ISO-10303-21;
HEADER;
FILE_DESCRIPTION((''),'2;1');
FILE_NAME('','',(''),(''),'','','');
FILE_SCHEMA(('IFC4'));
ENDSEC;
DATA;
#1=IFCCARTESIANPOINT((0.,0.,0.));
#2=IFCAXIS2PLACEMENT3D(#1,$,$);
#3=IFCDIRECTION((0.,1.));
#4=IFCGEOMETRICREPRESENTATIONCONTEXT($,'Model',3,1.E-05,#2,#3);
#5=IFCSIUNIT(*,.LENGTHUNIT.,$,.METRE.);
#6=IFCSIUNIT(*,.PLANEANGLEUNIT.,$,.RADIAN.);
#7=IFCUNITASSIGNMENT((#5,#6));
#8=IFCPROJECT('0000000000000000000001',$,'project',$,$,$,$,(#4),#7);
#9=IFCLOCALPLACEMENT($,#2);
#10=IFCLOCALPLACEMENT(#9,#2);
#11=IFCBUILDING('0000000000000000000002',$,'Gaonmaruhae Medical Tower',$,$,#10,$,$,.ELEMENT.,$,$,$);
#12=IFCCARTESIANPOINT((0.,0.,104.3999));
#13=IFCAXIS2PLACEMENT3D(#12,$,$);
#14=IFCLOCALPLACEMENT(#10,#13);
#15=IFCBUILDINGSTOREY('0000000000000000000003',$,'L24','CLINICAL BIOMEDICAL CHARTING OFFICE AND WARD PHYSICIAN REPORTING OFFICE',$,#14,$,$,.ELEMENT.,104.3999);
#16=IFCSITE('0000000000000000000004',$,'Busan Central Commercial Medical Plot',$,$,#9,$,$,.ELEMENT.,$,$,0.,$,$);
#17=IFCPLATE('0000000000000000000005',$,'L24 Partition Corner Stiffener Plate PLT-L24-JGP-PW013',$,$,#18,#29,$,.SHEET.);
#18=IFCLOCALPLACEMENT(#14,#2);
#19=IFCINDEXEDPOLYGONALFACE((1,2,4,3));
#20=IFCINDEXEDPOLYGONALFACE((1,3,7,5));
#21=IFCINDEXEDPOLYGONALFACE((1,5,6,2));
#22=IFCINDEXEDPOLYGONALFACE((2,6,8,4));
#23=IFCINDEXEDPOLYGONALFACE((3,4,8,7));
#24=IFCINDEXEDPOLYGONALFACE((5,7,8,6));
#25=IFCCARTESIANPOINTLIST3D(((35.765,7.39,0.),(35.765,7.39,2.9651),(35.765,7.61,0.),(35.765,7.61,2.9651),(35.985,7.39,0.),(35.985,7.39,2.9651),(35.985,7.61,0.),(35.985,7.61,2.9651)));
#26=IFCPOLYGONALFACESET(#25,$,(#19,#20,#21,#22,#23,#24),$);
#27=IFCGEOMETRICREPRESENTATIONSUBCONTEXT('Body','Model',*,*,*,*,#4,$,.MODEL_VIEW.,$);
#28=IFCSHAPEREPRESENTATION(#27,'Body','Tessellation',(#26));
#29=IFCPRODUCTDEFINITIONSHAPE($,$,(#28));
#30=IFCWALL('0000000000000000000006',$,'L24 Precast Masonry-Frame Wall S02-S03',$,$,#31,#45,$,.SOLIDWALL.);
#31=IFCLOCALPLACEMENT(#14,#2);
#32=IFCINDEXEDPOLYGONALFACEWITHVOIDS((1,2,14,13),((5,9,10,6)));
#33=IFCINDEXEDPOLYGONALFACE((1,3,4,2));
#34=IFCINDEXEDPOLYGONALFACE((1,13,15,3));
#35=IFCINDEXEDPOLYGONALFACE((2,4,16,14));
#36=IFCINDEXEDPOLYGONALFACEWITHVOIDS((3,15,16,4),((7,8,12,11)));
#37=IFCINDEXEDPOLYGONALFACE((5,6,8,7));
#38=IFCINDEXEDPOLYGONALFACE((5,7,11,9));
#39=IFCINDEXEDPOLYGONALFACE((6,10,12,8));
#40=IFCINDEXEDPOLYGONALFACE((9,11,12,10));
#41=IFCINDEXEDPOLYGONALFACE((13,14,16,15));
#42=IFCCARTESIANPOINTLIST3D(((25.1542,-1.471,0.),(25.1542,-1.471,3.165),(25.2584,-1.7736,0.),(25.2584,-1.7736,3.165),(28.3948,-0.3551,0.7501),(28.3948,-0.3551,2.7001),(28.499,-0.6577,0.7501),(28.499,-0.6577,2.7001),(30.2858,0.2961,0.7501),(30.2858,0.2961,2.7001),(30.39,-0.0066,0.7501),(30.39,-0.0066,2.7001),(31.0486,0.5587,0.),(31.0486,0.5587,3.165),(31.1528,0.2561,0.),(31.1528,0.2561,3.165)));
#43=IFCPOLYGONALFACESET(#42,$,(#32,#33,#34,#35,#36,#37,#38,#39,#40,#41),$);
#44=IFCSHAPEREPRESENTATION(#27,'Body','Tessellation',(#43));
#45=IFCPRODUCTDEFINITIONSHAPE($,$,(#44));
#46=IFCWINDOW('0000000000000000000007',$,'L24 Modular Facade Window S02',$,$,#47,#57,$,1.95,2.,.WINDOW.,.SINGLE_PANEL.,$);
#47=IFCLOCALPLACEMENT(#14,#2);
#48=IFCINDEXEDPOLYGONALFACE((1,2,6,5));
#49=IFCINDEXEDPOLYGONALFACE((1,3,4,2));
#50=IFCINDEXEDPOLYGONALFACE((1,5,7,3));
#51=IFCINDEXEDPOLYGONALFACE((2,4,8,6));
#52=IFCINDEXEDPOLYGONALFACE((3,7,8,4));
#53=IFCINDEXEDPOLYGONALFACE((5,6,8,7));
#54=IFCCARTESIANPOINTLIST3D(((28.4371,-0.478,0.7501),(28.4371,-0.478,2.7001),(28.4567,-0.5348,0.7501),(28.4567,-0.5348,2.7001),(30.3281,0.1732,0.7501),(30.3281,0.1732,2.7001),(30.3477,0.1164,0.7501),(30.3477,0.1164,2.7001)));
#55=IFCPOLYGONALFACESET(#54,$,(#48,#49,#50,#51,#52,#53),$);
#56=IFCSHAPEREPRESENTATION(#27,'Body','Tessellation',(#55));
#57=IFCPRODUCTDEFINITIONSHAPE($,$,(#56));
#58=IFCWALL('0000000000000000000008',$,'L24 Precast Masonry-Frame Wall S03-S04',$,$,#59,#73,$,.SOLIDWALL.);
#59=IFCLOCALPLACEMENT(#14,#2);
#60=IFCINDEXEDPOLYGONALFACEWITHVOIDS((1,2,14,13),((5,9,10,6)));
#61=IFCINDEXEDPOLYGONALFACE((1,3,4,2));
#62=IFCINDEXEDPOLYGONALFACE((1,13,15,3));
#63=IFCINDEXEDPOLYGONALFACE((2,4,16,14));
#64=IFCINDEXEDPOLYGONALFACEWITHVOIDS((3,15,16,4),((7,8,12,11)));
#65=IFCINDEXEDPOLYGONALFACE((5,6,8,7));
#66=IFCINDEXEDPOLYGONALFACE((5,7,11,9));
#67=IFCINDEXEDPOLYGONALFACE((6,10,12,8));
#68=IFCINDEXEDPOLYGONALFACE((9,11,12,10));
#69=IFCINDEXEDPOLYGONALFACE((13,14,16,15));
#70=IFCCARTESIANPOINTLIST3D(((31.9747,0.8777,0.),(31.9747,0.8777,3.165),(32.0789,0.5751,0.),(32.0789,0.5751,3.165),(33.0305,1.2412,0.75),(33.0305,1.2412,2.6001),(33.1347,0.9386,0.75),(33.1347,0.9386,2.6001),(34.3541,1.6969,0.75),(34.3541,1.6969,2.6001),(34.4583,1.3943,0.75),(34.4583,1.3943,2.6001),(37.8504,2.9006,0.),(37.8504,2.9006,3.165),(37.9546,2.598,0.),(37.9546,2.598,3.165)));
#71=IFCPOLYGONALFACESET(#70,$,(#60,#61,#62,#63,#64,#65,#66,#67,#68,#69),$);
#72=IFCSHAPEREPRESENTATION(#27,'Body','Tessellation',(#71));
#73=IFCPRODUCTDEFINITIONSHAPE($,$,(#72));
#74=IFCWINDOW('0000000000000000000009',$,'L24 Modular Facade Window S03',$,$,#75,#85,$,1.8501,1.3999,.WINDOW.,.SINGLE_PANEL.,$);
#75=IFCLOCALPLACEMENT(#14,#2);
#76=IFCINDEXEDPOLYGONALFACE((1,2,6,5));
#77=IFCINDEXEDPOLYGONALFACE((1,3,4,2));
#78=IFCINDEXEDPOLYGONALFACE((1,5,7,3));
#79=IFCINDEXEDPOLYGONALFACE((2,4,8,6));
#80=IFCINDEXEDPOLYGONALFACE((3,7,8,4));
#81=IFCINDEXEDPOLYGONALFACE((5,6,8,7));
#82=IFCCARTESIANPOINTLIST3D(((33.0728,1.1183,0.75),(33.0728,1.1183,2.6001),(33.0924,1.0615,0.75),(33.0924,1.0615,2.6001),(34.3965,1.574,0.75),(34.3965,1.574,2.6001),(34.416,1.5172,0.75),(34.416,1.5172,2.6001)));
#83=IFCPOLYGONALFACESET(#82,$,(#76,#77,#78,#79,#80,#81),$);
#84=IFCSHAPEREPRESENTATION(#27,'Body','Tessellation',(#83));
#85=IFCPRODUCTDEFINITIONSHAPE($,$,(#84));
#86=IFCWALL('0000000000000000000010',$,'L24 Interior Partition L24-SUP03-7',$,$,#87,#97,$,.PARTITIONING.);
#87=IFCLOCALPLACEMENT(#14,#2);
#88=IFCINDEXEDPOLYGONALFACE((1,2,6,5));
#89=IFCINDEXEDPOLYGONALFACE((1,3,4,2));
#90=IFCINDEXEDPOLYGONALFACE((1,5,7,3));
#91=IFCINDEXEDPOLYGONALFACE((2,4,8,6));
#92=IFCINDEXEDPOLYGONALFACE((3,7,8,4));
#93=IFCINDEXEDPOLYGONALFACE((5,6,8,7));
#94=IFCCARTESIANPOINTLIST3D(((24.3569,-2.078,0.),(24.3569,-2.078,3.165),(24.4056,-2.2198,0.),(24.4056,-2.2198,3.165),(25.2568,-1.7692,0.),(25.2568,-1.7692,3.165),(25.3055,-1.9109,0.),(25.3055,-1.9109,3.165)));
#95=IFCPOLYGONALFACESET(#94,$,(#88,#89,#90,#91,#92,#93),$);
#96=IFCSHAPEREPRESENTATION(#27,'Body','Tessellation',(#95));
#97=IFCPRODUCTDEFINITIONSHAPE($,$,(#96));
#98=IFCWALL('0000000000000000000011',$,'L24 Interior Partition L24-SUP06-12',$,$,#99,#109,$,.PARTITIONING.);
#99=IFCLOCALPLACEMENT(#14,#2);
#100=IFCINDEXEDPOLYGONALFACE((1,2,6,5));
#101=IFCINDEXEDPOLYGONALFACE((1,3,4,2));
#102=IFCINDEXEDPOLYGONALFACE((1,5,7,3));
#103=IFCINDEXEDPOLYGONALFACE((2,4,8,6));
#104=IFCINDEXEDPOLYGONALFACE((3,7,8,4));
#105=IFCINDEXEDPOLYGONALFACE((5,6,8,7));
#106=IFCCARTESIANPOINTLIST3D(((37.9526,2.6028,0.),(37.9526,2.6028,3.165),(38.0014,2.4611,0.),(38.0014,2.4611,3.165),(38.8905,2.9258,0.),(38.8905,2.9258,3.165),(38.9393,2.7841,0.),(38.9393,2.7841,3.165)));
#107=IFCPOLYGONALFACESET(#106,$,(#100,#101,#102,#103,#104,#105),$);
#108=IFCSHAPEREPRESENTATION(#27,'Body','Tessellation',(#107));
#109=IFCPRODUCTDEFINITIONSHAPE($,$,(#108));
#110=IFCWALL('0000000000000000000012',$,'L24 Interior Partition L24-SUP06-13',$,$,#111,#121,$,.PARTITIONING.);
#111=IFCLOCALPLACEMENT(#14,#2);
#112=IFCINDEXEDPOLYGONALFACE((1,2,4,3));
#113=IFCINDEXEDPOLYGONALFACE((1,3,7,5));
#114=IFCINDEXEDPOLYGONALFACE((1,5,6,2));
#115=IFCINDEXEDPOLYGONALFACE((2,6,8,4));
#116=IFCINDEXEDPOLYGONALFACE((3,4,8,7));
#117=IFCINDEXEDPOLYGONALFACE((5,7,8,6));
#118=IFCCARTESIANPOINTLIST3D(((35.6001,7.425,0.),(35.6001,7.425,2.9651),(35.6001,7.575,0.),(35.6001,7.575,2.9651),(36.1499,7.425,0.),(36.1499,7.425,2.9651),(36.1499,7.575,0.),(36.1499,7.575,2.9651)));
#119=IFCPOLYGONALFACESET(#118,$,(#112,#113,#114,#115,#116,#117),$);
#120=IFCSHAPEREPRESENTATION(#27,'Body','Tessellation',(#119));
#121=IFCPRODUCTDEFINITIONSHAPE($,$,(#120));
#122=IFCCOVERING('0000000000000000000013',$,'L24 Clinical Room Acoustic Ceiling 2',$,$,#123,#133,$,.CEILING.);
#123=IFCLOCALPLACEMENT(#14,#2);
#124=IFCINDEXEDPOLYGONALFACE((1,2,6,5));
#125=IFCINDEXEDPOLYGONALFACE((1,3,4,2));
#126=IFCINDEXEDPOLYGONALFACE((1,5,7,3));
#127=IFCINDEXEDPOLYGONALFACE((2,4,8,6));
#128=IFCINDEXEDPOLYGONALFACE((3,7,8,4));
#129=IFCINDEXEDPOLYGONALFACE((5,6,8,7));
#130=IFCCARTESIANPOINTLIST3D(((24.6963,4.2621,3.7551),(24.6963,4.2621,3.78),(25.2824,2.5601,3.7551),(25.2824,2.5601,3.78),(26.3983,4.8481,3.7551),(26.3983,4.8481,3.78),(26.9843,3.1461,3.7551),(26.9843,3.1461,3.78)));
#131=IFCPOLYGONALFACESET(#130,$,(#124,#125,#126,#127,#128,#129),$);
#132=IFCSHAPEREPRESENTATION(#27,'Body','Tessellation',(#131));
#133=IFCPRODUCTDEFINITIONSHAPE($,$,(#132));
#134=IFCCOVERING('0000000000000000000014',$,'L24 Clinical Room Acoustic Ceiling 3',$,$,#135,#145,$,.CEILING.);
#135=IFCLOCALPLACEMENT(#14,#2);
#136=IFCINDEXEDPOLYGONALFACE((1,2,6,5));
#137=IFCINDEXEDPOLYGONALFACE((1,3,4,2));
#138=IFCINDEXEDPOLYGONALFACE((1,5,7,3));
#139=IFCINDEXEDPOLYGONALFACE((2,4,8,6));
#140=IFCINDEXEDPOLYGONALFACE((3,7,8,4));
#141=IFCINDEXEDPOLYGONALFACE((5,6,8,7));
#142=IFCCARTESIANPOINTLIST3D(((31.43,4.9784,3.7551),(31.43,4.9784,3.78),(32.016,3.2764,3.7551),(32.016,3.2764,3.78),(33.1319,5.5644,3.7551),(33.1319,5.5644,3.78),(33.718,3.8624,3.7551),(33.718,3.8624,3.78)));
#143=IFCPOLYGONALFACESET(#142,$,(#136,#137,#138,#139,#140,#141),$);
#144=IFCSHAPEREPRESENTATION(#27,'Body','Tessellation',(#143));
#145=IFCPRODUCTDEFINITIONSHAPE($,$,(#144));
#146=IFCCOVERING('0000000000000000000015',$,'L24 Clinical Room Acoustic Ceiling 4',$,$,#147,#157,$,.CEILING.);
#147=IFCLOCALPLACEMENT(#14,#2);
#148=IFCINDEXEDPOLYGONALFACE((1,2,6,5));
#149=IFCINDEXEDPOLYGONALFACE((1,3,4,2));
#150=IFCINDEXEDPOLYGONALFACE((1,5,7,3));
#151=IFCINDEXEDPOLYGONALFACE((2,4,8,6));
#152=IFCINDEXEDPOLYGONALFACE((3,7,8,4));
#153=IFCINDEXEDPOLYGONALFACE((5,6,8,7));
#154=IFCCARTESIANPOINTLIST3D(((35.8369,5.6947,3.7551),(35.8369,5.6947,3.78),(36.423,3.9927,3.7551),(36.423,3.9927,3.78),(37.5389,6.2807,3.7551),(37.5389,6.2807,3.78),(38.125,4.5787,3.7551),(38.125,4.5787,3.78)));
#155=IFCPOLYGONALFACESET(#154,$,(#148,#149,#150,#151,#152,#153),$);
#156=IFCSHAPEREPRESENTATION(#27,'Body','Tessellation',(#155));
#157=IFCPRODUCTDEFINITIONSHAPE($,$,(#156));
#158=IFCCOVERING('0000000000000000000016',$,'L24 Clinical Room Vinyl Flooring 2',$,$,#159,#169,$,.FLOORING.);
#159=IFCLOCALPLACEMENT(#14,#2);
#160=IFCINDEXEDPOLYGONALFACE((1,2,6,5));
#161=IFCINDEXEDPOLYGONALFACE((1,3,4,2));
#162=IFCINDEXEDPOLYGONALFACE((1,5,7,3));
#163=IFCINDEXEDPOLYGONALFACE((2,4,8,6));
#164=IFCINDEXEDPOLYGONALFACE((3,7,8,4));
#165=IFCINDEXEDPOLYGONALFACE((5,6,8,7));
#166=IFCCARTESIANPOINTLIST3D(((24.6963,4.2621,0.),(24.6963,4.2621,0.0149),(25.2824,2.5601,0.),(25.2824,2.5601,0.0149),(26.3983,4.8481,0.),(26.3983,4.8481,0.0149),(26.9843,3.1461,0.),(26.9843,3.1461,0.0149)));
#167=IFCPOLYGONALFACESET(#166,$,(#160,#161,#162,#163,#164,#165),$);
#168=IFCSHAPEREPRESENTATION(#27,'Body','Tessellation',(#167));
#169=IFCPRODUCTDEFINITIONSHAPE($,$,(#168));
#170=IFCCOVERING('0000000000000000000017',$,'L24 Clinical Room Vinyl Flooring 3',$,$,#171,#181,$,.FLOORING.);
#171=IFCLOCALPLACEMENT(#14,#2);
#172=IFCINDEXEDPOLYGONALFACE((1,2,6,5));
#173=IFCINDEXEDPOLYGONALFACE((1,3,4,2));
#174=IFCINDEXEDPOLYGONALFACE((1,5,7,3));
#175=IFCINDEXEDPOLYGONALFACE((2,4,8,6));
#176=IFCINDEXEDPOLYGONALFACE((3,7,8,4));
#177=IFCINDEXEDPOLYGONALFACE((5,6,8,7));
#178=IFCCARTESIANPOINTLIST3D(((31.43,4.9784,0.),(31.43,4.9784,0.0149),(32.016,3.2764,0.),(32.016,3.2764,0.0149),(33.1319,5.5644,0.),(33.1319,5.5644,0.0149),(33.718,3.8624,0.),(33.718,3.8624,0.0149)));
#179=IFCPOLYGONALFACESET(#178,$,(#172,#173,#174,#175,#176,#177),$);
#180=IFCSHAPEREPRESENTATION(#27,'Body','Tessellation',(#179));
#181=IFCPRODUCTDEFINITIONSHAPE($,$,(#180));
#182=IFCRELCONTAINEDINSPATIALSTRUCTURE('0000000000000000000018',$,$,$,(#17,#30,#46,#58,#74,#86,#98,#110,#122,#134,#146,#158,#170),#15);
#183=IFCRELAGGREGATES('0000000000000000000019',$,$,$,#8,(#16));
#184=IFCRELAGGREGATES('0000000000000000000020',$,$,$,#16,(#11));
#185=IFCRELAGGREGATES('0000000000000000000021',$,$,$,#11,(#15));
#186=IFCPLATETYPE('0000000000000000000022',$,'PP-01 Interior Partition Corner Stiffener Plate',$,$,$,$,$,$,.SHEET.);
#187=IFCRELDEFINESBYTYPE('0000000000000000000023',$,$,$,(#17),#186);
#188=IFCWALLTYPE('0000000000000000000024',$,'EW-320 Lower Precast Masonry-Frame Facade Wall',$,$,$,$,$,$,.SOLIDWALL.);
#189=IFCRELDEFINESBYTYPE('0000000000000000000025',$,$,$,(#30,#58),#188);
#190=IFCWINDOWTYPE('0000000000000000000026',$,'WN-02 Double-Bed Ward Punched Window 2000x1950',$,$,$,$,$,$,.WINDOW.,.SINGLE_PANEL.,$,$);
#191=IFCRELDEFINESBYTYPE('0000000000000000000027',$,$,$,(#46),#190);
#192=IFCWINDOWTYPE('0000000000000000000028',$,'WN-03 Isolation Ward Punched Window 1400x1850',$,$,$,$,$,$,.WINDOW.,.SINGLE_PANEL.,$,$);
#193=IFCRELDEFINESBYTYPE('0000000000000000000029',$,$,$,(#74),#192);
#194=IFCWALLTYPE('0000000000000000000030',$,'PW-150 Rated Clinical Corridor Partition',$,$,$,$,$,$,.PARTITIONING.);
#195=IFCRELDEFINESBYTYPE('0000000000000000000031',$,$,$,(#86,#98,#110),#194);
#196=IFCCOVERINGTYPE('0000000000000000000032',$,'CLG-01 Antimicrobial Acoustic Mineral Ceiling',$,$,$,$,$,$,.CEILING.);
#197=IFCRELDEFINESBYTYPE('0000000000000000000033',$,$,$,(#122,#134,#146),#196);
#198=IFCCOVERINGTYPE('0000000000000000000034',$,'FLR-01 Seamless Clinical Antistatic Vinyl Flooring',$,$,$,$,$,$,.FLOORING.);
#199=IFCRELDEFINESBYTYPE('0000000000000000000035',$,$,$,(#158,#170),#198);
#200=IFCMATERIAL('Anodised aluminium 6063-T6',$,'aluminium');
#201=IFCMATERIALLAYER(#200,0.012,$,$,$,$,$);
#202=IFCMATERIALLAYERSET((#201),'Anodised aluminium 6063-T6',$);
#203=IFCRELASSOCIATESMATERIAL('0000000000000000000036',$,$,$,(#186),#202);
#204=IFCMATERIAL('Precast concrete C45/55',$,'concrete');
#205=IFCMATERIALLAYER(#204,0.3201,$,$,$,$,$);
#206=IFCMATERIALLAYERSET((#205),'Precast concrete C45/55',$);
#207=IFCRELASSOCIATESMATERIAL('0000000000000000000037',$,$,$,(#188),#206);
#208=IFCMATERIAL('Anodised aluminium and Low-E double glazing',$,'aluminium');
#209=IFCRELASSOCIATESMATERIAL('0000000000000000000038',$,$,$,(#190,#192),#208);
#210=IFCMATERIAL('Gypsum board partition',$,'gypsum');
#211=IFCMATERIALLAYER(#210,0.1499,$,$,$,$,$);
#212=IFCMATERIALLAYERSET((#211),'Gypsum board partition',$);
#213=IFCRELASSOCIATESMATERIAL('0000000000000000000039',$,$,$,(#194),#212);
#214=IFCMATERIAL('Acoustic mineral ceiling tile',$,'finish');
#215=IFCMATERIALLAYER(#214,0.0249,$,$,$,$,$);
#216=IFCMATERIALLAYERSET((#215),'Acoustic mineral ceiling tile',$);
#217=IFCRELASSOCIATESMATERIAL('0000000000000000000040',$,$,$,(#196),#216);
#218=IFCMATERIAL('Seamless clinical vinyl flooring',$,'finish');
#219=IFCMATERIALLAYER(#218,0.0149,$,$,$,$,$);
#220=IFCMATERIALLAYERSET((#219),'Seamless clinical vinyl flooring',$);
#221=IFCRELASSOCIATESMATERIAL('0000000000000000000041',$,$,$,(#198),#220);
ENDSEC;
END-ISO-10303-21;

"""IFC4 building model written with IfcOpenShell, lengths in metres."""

from ifc_helpers import new_model, si_unit, direction, frame, frame_2d, origin, origin_2d, place, context, subcontext, project, spatial, rectangle, extrude, material, layer, layer_set, type_object, element, fill, save


model = new_model("IFC4")

# Units and contexts
model_context = context("Model", 3, precision=1e-05, world=origin(), true_north=direction((0.0, 1.0)))
body_context = subcontext(model_context, "Body", "Model", "MODEL_VIEW")
ifc_project = project(units=[si_unit("LENGTHUNIT", "METRE"), si_unit("PLANEANGLEUNIT", "RADIAN")], contexts=[model_context])

# Site, building, storey
site_placement = place(None, origin())
site = spatial("IfcSite", under=ifc_project, at=site_placement, Name="Busan Central Commercial Medical Plot", CompositionType="ELEMENT", RefElevation=0.0)
building_placement = place(site_placement, origin())
building = spatial("IfcBuilding", under=site, at=building_placement, Name="Gaonmaruhae Medical Tower", CompositionType="ELEMENT")
storey_placement = place(building_placement, frame((0.0, 0.0, 104.3999)))
storey = spatial("IfcBuildingStorey", under=building, at=storey_placement, Name="L24", Description="CLINICAL BIOMEDICAL CHARTING OFFICE AND WARD PHYSICIAN REPORTING OFFICE", CompositionType="ELEMENT", Elevation=104.3999)

# Plate
ifc_material_1 = material(Name="Anodised aluminium 6063-T6", Category="aluminium")
ifc_layer_1 = layer(ifc_material_1, 0.012)
ifc_layer_set_1 = layer_set([ifc_layer_1], Name="Anodised aluminium 6063-T6")
plate_type = type_object("IfcPlateType", Name="PP-01 Interior Partition Corner Stiffener Plate", PredefinedType="SHEET", material=ifc_layer_set_1)
plate_1_placement = place(storey_placement, frame((35.875, 7.5, 0.0), z_axis=(0.0, 0.0, 1.0), x_axis=(1.0, 0.0, 0.0)))
element("IfcPlate", 1, at=plate_1_placement, inside=storey, type_object=plate_type, Name="L24 Partition Corner Stiffener Plate PLT-L24-JGP-PW013", PredefinedType="SHEET", context=body_context, shape_type="SweptSolid", body=[
    extrude(rectangle(XDim=0.22, YDim=0.22, at=origin_2d()), origin(), (0.0, 0.0, 1.0), 2.9651),
])

# Walls, openings, windows
ifc_material_2 = material(Name="Precast concrete C45/55", Category="concrete")
ifc_layer_2 = layer(ifc_material_2, 0.3201)
ifc_layer_set_2 = layer_set([ifc_layer_2], Name="Precast concrete C45/55")
wall_type_1 = type_object("IfcWallType", Name="EW-320 Lower Precast Masonry-Frame Facade Wall", PredefinedType="SOLIDWALL", material=ifc_layer_set_2)
wall_1_placement = place(storey_placement, frame((31.1008, 0.4075, 0.0), z_axis=(0.0, 0.0, 1.0), x_axis=(-0.945512, -0.325588, 0.0)))
wall_1 = element("IfcWall", 2, at=wall_1_placement, inside=storey, type_object=wall_type_1, Name="L24 Precast Masonry-Frame Wall S02-S03", PredefinedType="SOLIDWALL", context=body_context, shape_type="SweptSolid", body=[
    extrude(rectangle(XDim=6.2341, YDim=0.3201, at=frame_2d((3.1172, 0.0))), origin(), (0.0, 0.0, 1.0), 3.165),
])
opening_1_placement = place(wall_1_placement, frame((0.8069, 0.0, 0.75)))
opening_1 = element("IfcOpeningElement", 3, at=opening_1_placement, cuts=wall_1, PredefinedType="OPENING", context=body_context, shape_type="SweptSolid", body=[
    extrude(rectangle(XDim=2.0, YDim=1.95, at=frame_2d((1.0, 0.9751))), frame((0.0, 0.1699, 0.0), z_axis=(0.0, -1.0, 0.0), x_axis=(1.0, 0.0, 0.0)), (0.0, 0.0, 1.0), 0.3401),
])
ifc_material_3 = material(Name="Anodised aluminium and Low-E double glazing", Category="aluminium")
window_type_1 = type_object("IfcWindowType", Name="WN-02 Double-Bed Ward Punched Window 2000x1950", PartitioningType="SINGLE_PANEL", PredefinedType="WINDOW", material=ifc_material_3)
window_1_placement = place(opening_1_placement, origin())
window_1 = element("IfcWindow", 4, at=window_1_placement, inside=storey, type_object=window_type_1, Name="L24 Modular Facade Window S02", OverallHeight=1.95, OverallWidth=2.0, PartitioningType="SINGLE_PANEL", PredefinedType="WINDOW", context=body_context, shape_type="SweptSolid", body=[
    extrude(rectangle(XDim=2.0, YDim=1.95, at=frame_2d((1.0, 0.9751))), frame((0.0, 0.03, 0.0), z_axis=(0.0, -1.0, 0.0), x_axis=(1.0, 0.0, 0.0)), (0.0, 0.0, 1.0), 0.0601),
])
fill(opening_1, window_1)
wall_2_placement = place(storey_placement, frame((37.9023, 2.7493, 0.0), z_axis=(0.0, 0.0, 1.0), x_axis=(-0.94553, -0.325535, 0.0)))
wall_2 = element("IfcWall", 5, at=wall_2_placement, inside=storey, type_object=wall_type_1, Name="L24 Precast Masonry-Frame Wall S03-S04", PredefinedType="SOLIDWALL", context=body_context, shape_type="SweptSolid", body=[
    extrude(rectangle(XDim=6.2141, YDim=0.3201, at=frame_2d((3.1069, 0.0))), origin(), (0.0, 0.0, 1.0), 3.165),
])
opening_2_placement = place(wall_2_placement, frame((3.6975, 0.0, 0.75)))
opening_2 = element("IfcOpeningElement", 6, at=opening_2_placement, cuts=wall_2, PredefinedType="OPENING", context=body_context, shape_type="SweptSolid", body=[
    extrude(rectangle(XDim=1.3999, YDim=1.8501, at=frame_2d((0.7, 0.925))), frame((0.0, 0.1699, 0.0), z_axis=(0.0, -1.0, 0.0), x_axis=(1.0, 0.0, 0.0)), (0.0, 0.0, 1.0), 0.3401),
])
window_type_2 = type_object("IfcWindowType", Name="WN-03 Isolation Ward Punched Window 1400x1850", PartitioningType="SINGLE_PANEL", PredefinedType="WINDOW", material=ifc_material_3)
window_2_placement = place(opening_2_placement, origin())
window_2 = element("IfcWindow", 7, at=window_2_placement, inside=storey, type_object=window_type_2, Name="L24 Modular Facade Window S03", OverallHeight=1.8501, OverallWidth=1.3999, PartitioningType="SINGLE_PANEL", PredefinedType="WINDOW", context=body_context, shape_type="SweptSolid", body=[
    extrude(rectangle(XDim=1.3999, YDim=1.8501, at=frame_2d((0.7, 0.925))), frame((0.0, 0.03, 0.0), z_axis=(0.0, -1.0, 0.0), x_axis=(1.0, 0.0, 0.0)), (0.0, 0.0, 1.0), 0.0601),
])
fill(opening_2, window_2)

# Walls
ifc_material_4 = material(Name="Gypsum board partition", Category="gypsum")
ifc_layer_3 = layer(ifc_material_4, 0.1499)
ifc_layer_set_3 = layer_set([ifc_layer_3], Name="Gypsum board partition")
wall_type_2 = type_object("IfcWallType", Name="PW-150 Rated Clinical Corridor Partition", PredefinedType="PARTITIONING", material=ifc_layer_set_3)
wall_3_placement = place(storey_placement, frame((25.281, -1.8401, 0.0), z_axis=(0.0, 0.0, 1.0), x_axis=(-0.945849, -0.324606, 0.0)))
element("IfcWall", 8, at=wall_3_placement, inside=storey, type_object=wall_type_2, Name="L24 Interior Partition L24-SUP03-7", PredefinedType="PARTITIONING", context=body_context, shape_type="SweptSolid", body=[
    extrude(rectangle(XDim=0.9514, YDim=0.1499, at=frame_2d((0.4756, 0.0))), origin(), (0.0, 0.0, 1.0), 3.165),
])
wall_4_placement = place(storey_placement, frame((38.915, 2.855, 0.0), z_axis=(0.0, 0.0, 1.0), x_axis=(-0.945512, -0.325589, 0.0)))
element("IfcWall", 9, at=wall_4_placement, inside=storey, type_object=wall_type_2, Name="L24 Interior Partition L24-SUP06-12", PredefinedType="PARTITIONING", context=body_context, shape_type="SweptSolid", body=[
    extrude(rectangle(XDim=0.9919, YDim=0.1499, at=frame_2d((0.4961, 0.0))), origin(), (0.0, 0.0, 1.0), 3.165),
])
wall_5_placement = place(storey_placement, frame((35.6001, 7.5, 0.0), z_axis=(0.0, 0.0, 1.0), x_axis=(1.0, 0.0, 0.0)))
element("IfcWall", 10, at=wall_5_placement, inside=storey, type_object=wall_type_2, Name="L24 Interior Partition L24-SUP06-13", PredefinedType="PARTITIONING", context=body_context, shape_type="SweptSolid", body=[
    extrude(rectangle(XDim=0.5498, YDim=0.1499, at=frame_2d((0.2749, 0.0))), origin(), (0.0, 0.0, 1.0), 2.9651),
])

# Coverings
ifc_material_5 = material(Name="Acoustic mineral ceiling tile", Category="finish")
ifc_layer_4 = layer(ifc_material_5, 0.0249)
ifc_layer_set_4 = layer_set([ifc_layer_4], Name="Acoustic mineral ceiling tile")
covering_type_1 = type_object("IfcCoveringType", Name="CLG-01 Antimicrobial Acoustic Mineral Ceiling", PredefinedType="CEILING", material=ifc_layer_set_4)
for number, where, z_axis, x_axis, name in (
    (11, (25.8403, 3.7041, 3.7551), (0.0, 0.0, 1.0), (0.945519, 0.325568, 0.0), "L24 Clinical Room Acoustic Ceiling 2"),
    (12, (32.574, 4.4204, 3.7551), (0.0, 0.0, 1.0), (0.945519, 0.325568, 0.0), "L24 Clinical Room Acoustic Ceiling 3"),
    (13, (36.981, 5.1367, 3.7551), (0.0, 0.0, 1.0), (0.945519, 0.325568, 0.0), "L24 Clinical Room Acoustic Ceiling 4"),
):
    element("IfcCovering", number, at=place(storey_placement, frame(where, z_axis=z_axis, x_axis=x_axis)), inside=storey, type_object=covering_type_1, Name=name, PredefinedType="CEILING", context=body_context, shape_type="SweptSolid", body=[
        extrude(rectangle(XDim=1.8, YDim=1.8, at=origin_2d()), origin(), (0.0, 0.0, 1.0), 0.0249),
    ])
ifc_material_6 = material(Name="Seamless clinical vinyl flooring", Category="finish")
ifc_layer_5 = layer(ifc_material_6, 0.0149)
ifc_layer_set_5 = layer_set([ifc_layer_5], Name="Seamless clinical vinyl flooring")
covering_type_2 = type_object("IfcCoveringType", Name="FLR-01 Seamless Clinical Antistatic Vinyl Flooring", PredefinedType="FLOORING", material=ifc_layer_set_5)
for number, where, z_axis, x_axis, name in (
    (14, (25.8403, 3.7041, 0.0), (0.0, 0.0, 1.0), (0.945519, 0.325568, 0.0), "L24 Clinical Room Vinyl Flooring 2"),
    (15, (32.574, 4.4204, 0.0), (0.0, 0.0, 1.0), (0.945519, 0.325568, 0.0), "L24 Clinical Room Vinyl Flooring 3"),
):
    element("IfcCovering", number, at=place(storey_placement, frame(where, z_axis=z_axis, x_axis=x_axis)), inside=storey, type_object=covering_type_2, Name=name, PredefinedType="FLOORING", context=body_context, shape_type="SweptSolid", body=[
        extrude(rectangle(XDim=1.8, YDim=1.8, at=origin_2d()), origin(), (0.0, 0.0, 1.0), 0.0149),
    ])

save(model, "model.ifc")
